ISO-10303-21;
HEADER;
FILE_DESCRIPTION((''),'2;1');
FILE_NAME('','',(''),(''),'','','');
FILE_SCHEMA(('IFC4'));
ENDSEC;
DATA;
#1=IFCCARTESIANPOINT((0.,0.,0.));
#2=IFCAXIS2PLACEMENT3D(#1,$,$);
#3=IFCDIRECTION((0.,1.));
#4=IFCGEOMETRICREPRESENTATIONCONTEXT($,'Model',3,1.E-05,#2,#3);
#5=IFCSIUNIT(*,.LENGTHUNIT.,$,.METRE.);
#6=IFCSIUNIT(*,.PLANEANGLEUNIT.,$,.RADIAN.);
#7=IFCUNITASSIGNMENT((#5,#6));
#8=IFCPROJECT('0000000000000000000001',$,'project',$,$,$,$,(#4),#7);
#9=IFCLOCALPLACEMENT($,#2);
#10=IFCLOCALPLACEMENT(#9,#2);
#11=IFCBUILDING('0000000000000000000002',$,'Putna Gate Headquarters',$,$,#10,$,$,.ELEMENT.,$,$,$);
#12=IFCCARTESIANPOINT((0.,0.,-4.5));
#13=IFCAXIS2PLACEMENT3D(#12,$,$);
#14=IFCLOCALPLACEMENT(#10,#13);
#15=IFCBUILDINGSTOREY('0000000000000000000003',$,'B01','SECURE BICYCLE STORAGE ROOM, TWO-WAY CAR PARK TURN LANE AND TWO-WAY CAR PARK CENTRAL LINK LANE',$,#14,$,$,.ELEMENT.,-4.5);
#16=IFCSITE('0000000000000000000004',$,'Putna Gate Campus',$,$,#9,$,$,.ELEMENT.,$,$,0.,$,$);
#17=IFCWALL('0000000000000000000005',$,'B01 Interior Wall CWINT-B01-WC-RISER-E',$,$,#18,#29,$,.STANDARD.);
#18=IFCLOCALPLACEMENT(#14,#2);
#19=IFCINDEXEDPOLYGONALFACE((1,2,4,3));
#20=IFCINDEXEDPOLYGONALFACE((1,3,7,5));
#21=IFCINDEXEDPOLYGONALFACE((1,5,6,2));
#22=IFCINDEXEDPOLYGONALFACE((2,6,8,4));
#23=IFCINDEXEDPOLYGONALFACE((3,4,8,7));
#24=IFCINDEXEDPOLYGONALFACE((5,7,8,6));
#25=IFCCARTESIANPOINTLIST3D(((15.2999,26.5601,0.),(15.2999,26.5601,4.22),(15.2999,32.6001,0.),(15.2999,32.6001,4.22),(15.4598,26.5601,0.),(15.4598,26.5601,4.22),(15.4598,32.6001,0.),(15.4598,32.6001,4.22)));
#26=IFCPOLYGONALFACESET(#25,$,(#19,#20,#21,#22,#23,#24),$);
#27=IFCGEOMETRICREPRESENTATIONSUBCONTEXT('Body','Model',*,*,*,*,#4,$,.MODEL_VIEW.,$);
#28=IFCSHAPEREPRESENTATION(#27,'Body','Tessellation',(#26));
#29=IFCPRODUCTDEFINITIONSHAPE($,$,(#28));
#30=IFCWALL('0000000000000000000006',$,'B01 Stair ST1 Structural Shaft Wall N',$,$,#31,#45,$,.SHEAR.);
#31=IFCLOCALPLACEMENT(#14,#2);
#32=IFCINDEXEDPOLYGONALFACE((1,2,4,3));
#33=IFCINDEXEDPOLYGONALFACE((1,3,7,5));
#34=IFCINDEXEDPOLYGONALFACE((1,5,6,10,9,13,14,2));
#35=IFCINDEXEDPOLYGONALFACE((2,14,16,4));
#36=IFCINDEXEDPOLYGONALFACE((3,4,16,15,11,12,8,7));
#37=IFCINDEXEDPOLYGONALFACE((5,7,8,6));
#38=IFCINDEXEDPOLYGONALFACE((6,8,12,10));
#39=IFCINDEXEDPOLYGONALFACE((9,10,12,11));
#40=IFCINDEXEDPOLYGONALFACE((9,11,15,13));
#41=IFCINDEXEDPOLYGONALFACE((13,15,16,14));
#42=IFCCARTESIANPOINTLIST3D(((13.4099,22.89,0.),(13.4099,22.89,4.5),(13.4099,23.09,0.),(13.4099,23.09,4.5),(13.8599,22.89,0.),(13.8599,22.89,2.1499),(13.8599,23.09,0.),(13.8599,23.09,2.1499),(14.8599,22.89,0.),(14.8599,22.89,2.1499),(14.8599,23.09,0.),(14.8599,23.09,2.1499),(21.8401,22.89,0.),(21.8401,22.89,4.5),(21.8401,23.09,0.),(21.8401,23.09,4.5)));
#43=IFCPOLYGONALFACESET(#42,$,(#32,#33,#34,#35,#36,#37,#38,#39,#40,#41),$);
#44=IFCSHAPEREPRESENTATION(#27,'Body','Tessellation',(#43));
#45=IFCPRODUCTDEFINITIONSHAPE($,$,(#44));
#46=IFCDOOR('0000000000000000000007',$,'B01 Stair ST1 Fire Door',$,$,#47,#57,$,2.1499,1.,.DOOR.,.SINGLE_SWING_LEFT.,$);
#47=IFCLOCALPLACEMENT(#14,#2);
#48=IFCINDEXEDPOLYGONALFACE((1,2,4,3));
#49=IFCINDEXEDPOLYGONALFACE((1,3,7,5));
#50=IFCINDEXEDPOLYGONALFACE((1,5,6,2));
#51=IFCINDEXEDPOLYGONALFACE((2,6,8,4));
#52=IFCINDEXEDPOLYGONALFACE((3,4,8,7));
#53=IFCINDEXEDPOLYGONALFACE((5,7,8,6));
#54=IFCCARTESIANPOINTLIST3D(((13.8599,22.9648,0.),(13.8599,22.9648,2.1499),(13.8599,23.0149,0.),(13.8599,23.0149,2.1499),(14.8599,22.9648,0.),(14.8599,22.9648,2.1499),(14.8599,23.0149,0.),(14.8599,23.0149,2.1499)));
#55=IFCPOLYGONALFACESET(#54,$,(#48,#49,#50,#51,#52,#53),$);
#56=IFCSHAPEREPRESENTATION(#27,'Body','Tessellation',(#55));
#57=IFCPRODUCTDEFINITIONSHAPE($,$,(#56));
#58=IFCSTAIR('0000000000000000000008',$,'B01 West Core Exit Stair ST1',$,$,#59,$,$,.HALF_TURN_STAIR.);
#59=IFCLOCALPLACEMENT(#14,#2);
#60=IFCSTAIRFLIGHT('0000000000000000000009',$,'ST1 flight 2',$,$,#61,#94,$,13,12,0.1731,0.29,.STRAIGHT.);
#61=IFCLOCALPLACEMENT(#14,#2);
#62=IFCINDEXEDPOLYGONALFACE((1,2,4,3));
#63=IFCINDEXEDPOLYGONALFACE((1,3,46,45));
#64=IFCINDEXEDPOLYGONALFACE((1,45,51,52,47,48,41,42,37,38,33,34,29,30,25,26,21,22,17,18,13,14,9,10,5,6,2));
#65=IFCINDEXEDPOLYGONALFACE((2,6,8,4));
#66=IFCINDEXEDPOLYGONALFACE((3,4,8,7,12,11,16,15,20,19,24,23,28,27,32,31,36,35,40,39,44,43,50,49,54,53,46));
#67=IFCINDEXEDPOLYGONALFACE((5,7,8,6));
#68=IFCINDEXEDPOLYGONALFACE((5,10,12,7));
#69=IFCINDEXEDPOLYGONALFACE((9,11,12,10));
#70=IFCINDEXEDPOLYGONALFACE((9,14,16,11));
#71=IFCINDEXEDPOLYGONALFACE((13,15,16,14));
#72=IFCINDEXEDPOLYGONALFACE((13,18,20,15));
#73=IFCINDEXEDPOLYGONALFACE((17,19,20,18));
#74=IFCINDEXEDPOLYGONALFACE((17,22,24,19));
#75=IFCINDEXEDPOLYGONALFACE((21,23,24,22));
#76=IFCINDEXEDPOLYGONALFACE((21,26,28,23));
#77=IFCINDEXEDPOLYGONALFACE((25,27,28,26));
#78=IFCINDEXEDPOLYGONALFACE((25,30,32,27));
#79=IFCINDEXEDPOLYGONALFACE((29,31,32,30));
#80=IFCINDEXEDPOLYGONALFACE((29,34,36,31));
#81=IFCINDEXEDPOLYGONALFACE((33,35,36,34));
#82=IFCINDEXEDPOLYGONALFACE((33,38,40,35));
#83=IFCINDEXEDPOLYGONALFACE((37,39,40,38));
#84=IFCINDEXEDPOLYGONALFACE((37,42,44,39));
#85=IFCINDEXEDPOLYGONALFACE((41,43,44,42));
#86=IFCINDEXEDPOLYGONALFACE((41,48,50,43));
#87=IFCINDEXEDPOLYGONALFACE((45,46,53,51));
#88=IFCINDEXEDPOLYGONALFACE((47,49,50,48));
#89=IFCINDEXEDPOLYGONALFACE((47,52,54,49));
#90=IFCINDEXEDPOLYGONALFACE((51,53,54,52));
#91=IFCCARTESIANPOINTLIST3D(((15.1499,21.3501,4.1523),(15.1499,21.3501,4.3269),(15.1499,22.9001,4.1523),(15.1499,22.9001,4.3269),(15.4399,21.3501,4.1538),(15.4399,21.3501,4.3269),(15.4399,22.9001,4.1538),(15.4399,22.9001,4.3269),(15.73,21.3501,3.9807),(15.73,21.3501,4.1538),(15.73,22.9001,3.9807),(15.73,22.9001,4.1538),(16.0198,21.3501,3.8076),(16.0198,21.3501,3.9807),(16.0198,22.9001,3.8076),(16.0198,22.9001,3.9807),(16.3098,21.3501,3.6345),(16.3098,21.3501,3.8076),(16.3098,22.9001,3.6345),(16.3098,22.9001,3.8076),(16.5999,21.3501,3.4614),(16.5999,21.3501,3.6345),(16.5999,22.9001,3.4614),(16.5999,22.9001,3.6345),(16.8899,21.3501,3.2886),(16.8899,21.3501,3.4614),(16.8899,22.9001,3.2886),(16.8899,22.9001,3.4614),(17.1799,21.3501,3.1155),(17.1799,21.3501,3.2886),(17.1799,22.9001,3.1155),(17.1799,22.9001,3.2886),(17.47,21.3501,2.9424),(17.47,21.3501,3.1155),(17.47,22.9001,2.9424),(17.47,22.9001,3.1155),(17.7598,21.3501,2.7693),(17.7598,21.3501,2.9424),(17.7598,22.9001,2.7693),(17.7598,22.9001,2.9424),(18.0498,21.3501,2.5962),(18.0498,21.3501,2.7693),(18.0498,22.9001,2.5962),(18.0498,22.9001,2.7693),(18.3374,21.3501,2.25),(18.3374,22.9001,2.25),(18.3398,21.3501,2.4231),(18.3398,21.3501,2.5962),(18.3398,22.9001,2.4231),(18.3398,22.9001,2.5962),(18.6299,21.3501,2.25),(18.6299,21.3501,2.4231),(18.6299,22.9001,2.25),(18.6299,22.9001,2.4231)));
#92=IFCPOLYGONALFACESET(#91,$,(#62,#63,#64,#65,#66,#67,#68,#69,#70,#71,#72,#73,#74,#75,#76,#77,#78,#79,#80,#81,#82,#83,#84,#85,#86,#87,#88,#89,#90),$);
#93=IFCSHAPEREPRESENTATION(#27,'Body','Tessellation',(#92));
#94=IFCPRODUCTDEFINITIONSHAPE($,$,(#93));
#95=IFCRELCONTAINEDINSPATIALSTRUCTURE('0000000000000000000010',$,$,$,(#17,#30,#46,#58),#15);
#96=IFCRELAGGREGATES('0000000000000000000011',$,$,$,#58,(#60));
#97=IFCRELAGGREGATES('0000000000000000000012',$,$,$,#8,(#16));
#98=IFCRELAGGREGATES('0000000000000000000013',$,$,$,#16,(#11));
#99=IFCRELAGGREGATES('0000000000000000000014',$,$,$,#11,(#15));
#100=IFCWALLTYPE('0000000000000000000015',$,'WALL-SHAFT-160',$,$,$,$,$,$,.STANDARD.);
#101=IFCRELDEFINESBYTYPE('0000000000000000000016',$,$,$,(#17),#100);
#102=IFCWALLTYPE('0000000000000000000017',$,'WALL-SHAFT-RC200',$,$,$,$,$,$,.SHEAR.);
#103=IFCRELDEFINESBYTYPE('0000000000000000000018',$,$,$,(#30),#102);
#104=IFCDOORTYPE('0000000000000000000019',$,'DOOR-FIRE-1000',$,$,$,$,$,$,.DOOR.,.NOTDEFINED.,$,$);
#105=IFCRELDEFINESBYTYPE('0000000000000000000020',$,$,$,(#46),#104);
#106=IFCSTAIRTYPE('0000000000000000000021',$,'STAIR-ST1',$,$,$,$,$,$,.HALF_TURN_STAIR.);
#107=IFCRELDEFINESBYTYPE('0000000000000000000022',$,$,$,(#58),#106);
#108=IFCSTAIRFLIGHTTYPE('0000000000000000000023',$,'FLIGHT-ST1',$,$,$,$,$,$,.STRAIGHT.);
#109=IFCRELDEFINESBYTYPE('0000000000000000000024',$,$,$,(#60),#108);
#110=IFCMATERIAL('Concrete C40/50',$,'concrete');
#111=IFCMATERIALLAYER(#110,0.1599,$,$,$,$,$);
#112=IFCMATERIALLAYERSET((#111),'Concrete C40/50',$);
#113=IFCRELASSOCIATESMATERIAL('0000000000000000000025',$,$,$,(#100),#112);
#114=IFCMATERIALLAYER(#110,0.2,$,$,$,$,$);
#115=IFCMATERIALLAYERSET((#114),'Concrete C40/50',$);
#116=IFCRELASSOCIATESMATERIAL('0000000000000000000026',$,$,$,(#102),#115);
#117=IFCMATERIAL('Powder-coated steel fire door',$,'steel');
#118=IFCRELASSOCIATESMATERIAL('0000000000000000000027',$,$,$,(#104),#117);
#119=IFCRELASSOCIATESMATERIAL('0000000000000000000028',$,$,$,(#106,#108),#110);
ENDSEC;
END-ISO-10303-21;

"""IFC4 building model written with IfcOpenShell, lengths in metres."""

from ifc_helpers import new_model, si_unit, direction, frame, frame_2d, origin, place, context, subcontext, project, spatial, polyline, rectangle, outline, extrude, material, layer, layer_set, type_object, element, fill, aggregate, save


model = new_model("IFC4")

# Units and contexts
model_context = context("Model", 3, precision=1e-05, world=origin(), true_north=direction((0.0, 1.0)))
body_context = subcontext(model_context, "Body", "Model", "MODEL_VIEW")
ifc_project = project(units=[si_unit("LENGTHUNIT", "METRE"), si_unit("PLANEANGLEUNIT", "RADIAN")], contexts=[model_context])

# Site, building, storey
site_placement = place(None, origin())
site = spatial("IfcSite", under=ifc_project, at=site_placement, Name="Putna Gate Campus", CompositionType="ELEMENT", RefElevation=0.0)
building_placement = place(site_placement, origin())
building = spatial("IfcBuilding", under=site, at=building_placement, Name="Putna Gate Headquarters", CompositionType="ELEMENT")
storey_placement = place(building_placement, frame((0.0, 0.0, -4.5)))
storey = spatial("IfcBuildingStorey", under=building, at=storey_placement, Name="B01", Description="SECURE BICYCLE STORAGE ROOM, TWO-WAY CAR PARK TURN LANE AND TWO-WAY CAR PARK CENTRAL LINK LANE", CompositionType="ELEMENT", Elevation=-4.5)

# Shared definitions
ifc_material_1 = material(Name="Concrete C40/50", Category="concrete")
ifc_layer_1 = layer(ifc_material_1, 0.1599)
ifc_layer_set_1 = layer_set([ifc_layer_1], Name="Concrete C40/50")
wall_type_1 = type_object("IfcWallType", Name="WALL-SHAFT-160", PredefinedType="STANDARD", material=ifc_layer_set_1)

# Wall
wall_1_placement = place(storey_placement, frame((15.3799, 26.5601, 0.0), z_axis=(0.0, 0.0, 1.0), x_axis=(0.0, 1.0, 0.0)))
element("IfcWall", 1, at=wall_1_placement, inside=storey, type_object=wall_type_1, Name="B01 Interior Wall CWINT-B01-WC-RISER-E", PredefinedType="STANDARD", context=body_context, shape_type="SweptSolid", body=[
    extrude(rectangle(XDim=6.04, YDim=0.1599, at=frame_2d((3.02, 0.0))), origin(), (0.0, 0.0, 1.0), 4.22),
])

# Wall, opening, door
ifc_layer_2 = layer(ifc_material_1, 0.2)
ifc_layer_set_2 = layer_set([ifc_layer_2], Name="Concrete C40/50")
wall_type_2 = type_object("IfcWallType", Name="WALL-SHAFT-RC200", PredefinedType="SHEAR", material=ifc_layer_set_2)
wall_2_placement = place(storey_placement, frame((13.4099, 22.99, 0.0), z_axis=(0.0, 0.0, 1.0), x_axis=(1.0, 0.0, 0.0)))
wall_2 = element("IfcWall", 2, at=wall_2_placement, inside=storey, type_object=wall_type_2, Name="B01 Stair ST1 Structural Shaft Wall N", PredefinedType="SHEAR", context=body_context, shape_type="SweptSolid", body=[
    extrude(rectangle(XDim=8.4302, YDim=0.2, at=frame_2d((4.2151, 0.0))), origin(), (0.0, 0.0, 1.0), 4.5),
])
opening_1_placement = place(wall_2_placement, frame((0.45, 0.0, 0.0)))
opening_1 = element("IfcOpeningElement", 3, at=opening_1_placement, cuts=wall_2, PredefinedType="OPENING", context=body_context, shape_type="SweptSolid", body=[
    extrude(rectangle(XDim=1.0, YDim=2.1499, at=frame_2d((0.5, 1.075))), frame((0.0, 0.1099, 0.0), z_axis=(0.0, -1.0, 0.0), x_axis=(1.0, 0.0, 0.0)), (0.0, 0.0, 1.0), 0.22),
])
ifc_material_2 = material(Name="Powder-coated steel fire door", Category="steel")
door_type_1 = type_object("IfcDoorType", Name="DOOR-FIRE-1000", OperationType="NOTDEFINED", PredefinedType="DOOR", material=ifc_material_2)
door_1_placement = place(opening_1_placement, origin())
door_1 = element("IfcDoor", 4, at=door_1_placement, inside=storey, type_object=door_type_1, Name="B01 Stair ST1 Fire Door", OperationType="SINGLE_SWING_LEFT", OverallHeight=2.1499, OverallWidth=1.0, PredefinedType="DOOR", context=body_context, shape_type="SweptSolid", body=[
    extrude(rectangle(XDim=1.0, YDim=2.1499, at=frame_2d((0.5, 1.075))), frame((0.0, 0.0249, 0.0), z_axis=(0.0, -1.0, 0.0), x_axis=(1.0, 0.0, 0.0)), (0.0, 0.0, 1.0), 0.05),
])
fill(opening_1, door_1)

# Stair, stair flight
stair_type = type_object("IfcStairType", Name="STAIR-ST1", PredefinedType="HALF_TURN_STAIR", material=ifc_material_1)
stair_placement = place(storey_placement, origin())
stair = element("IfcStair", 5, at=stair_placement, inside=storey, type_object=stair_type, Name="B01 West Core Exit Stair ST1", PredefinedType="HALF_TURN_STAIR")
stair_flight_type = type_object("IfcStairFlightType", Name="FLIGHT-ST1", PredefinedType="STRAIGHT", material=ifc_material_1)
stair_flight_placement = place(storey_placement, frame((18.6299, 22.125, 2.25), z_axis=(0.0, 0.0, 1.0), x_axis=(-1.0, 0.0, 0.0)))
stair_flight = element("IfcStairFlight", 6, at=stair_flight_placement, type_object=stair_flight_type, Name="ST1 flight 2", NumberOfRisers=13, NumberOfTreads=12, PredefinedType="STRAIGHT", RiserHeight=0.1731, TreadLength=0.29, context=body_context, shape_type="SweptSolid", body=[
    extrude(outline(polyline([(0.0, 0.0), (0.0, 0.1731), (0.29, 0.1731), (0.29, 0.3462), (0.5801, 0.3462), (0.5801, 0.5193), (0.8701, 0.5193), (0.8701, 0.6924), (1.1599, 0.6924), (1.1599, 0.8655), (1.45, 0.8655), (1.45, 1.0386), (1.74, 1.0386), (1.74, 1.2114), (2.03, 1.2114), (2.03, 1.3845), (2.3201, 1.3845), (2.3201, 1.5576), (2.6101, 1.5576), (2.6101, 1.7307), (2.8999, 1.7307), (2.8999, 1.9038), (3.1899, 1.9038), (3.1899, 2.0769), (3.48, 2.0769), (3.48, 2.25), (3.48, 1.9023), (0.2925, 0.0), (0.0, 0.0)])), frame((0.0, 0.7749, 0.0), z_axis=(0.0, -1.0, 0.0), x_axis=(1.0, 0.0, 0.0)), (0.0, 0.0, 1.0), 1.55),
])
aggregate(stair, [stair_flight])

save(model, "model.ifc")
